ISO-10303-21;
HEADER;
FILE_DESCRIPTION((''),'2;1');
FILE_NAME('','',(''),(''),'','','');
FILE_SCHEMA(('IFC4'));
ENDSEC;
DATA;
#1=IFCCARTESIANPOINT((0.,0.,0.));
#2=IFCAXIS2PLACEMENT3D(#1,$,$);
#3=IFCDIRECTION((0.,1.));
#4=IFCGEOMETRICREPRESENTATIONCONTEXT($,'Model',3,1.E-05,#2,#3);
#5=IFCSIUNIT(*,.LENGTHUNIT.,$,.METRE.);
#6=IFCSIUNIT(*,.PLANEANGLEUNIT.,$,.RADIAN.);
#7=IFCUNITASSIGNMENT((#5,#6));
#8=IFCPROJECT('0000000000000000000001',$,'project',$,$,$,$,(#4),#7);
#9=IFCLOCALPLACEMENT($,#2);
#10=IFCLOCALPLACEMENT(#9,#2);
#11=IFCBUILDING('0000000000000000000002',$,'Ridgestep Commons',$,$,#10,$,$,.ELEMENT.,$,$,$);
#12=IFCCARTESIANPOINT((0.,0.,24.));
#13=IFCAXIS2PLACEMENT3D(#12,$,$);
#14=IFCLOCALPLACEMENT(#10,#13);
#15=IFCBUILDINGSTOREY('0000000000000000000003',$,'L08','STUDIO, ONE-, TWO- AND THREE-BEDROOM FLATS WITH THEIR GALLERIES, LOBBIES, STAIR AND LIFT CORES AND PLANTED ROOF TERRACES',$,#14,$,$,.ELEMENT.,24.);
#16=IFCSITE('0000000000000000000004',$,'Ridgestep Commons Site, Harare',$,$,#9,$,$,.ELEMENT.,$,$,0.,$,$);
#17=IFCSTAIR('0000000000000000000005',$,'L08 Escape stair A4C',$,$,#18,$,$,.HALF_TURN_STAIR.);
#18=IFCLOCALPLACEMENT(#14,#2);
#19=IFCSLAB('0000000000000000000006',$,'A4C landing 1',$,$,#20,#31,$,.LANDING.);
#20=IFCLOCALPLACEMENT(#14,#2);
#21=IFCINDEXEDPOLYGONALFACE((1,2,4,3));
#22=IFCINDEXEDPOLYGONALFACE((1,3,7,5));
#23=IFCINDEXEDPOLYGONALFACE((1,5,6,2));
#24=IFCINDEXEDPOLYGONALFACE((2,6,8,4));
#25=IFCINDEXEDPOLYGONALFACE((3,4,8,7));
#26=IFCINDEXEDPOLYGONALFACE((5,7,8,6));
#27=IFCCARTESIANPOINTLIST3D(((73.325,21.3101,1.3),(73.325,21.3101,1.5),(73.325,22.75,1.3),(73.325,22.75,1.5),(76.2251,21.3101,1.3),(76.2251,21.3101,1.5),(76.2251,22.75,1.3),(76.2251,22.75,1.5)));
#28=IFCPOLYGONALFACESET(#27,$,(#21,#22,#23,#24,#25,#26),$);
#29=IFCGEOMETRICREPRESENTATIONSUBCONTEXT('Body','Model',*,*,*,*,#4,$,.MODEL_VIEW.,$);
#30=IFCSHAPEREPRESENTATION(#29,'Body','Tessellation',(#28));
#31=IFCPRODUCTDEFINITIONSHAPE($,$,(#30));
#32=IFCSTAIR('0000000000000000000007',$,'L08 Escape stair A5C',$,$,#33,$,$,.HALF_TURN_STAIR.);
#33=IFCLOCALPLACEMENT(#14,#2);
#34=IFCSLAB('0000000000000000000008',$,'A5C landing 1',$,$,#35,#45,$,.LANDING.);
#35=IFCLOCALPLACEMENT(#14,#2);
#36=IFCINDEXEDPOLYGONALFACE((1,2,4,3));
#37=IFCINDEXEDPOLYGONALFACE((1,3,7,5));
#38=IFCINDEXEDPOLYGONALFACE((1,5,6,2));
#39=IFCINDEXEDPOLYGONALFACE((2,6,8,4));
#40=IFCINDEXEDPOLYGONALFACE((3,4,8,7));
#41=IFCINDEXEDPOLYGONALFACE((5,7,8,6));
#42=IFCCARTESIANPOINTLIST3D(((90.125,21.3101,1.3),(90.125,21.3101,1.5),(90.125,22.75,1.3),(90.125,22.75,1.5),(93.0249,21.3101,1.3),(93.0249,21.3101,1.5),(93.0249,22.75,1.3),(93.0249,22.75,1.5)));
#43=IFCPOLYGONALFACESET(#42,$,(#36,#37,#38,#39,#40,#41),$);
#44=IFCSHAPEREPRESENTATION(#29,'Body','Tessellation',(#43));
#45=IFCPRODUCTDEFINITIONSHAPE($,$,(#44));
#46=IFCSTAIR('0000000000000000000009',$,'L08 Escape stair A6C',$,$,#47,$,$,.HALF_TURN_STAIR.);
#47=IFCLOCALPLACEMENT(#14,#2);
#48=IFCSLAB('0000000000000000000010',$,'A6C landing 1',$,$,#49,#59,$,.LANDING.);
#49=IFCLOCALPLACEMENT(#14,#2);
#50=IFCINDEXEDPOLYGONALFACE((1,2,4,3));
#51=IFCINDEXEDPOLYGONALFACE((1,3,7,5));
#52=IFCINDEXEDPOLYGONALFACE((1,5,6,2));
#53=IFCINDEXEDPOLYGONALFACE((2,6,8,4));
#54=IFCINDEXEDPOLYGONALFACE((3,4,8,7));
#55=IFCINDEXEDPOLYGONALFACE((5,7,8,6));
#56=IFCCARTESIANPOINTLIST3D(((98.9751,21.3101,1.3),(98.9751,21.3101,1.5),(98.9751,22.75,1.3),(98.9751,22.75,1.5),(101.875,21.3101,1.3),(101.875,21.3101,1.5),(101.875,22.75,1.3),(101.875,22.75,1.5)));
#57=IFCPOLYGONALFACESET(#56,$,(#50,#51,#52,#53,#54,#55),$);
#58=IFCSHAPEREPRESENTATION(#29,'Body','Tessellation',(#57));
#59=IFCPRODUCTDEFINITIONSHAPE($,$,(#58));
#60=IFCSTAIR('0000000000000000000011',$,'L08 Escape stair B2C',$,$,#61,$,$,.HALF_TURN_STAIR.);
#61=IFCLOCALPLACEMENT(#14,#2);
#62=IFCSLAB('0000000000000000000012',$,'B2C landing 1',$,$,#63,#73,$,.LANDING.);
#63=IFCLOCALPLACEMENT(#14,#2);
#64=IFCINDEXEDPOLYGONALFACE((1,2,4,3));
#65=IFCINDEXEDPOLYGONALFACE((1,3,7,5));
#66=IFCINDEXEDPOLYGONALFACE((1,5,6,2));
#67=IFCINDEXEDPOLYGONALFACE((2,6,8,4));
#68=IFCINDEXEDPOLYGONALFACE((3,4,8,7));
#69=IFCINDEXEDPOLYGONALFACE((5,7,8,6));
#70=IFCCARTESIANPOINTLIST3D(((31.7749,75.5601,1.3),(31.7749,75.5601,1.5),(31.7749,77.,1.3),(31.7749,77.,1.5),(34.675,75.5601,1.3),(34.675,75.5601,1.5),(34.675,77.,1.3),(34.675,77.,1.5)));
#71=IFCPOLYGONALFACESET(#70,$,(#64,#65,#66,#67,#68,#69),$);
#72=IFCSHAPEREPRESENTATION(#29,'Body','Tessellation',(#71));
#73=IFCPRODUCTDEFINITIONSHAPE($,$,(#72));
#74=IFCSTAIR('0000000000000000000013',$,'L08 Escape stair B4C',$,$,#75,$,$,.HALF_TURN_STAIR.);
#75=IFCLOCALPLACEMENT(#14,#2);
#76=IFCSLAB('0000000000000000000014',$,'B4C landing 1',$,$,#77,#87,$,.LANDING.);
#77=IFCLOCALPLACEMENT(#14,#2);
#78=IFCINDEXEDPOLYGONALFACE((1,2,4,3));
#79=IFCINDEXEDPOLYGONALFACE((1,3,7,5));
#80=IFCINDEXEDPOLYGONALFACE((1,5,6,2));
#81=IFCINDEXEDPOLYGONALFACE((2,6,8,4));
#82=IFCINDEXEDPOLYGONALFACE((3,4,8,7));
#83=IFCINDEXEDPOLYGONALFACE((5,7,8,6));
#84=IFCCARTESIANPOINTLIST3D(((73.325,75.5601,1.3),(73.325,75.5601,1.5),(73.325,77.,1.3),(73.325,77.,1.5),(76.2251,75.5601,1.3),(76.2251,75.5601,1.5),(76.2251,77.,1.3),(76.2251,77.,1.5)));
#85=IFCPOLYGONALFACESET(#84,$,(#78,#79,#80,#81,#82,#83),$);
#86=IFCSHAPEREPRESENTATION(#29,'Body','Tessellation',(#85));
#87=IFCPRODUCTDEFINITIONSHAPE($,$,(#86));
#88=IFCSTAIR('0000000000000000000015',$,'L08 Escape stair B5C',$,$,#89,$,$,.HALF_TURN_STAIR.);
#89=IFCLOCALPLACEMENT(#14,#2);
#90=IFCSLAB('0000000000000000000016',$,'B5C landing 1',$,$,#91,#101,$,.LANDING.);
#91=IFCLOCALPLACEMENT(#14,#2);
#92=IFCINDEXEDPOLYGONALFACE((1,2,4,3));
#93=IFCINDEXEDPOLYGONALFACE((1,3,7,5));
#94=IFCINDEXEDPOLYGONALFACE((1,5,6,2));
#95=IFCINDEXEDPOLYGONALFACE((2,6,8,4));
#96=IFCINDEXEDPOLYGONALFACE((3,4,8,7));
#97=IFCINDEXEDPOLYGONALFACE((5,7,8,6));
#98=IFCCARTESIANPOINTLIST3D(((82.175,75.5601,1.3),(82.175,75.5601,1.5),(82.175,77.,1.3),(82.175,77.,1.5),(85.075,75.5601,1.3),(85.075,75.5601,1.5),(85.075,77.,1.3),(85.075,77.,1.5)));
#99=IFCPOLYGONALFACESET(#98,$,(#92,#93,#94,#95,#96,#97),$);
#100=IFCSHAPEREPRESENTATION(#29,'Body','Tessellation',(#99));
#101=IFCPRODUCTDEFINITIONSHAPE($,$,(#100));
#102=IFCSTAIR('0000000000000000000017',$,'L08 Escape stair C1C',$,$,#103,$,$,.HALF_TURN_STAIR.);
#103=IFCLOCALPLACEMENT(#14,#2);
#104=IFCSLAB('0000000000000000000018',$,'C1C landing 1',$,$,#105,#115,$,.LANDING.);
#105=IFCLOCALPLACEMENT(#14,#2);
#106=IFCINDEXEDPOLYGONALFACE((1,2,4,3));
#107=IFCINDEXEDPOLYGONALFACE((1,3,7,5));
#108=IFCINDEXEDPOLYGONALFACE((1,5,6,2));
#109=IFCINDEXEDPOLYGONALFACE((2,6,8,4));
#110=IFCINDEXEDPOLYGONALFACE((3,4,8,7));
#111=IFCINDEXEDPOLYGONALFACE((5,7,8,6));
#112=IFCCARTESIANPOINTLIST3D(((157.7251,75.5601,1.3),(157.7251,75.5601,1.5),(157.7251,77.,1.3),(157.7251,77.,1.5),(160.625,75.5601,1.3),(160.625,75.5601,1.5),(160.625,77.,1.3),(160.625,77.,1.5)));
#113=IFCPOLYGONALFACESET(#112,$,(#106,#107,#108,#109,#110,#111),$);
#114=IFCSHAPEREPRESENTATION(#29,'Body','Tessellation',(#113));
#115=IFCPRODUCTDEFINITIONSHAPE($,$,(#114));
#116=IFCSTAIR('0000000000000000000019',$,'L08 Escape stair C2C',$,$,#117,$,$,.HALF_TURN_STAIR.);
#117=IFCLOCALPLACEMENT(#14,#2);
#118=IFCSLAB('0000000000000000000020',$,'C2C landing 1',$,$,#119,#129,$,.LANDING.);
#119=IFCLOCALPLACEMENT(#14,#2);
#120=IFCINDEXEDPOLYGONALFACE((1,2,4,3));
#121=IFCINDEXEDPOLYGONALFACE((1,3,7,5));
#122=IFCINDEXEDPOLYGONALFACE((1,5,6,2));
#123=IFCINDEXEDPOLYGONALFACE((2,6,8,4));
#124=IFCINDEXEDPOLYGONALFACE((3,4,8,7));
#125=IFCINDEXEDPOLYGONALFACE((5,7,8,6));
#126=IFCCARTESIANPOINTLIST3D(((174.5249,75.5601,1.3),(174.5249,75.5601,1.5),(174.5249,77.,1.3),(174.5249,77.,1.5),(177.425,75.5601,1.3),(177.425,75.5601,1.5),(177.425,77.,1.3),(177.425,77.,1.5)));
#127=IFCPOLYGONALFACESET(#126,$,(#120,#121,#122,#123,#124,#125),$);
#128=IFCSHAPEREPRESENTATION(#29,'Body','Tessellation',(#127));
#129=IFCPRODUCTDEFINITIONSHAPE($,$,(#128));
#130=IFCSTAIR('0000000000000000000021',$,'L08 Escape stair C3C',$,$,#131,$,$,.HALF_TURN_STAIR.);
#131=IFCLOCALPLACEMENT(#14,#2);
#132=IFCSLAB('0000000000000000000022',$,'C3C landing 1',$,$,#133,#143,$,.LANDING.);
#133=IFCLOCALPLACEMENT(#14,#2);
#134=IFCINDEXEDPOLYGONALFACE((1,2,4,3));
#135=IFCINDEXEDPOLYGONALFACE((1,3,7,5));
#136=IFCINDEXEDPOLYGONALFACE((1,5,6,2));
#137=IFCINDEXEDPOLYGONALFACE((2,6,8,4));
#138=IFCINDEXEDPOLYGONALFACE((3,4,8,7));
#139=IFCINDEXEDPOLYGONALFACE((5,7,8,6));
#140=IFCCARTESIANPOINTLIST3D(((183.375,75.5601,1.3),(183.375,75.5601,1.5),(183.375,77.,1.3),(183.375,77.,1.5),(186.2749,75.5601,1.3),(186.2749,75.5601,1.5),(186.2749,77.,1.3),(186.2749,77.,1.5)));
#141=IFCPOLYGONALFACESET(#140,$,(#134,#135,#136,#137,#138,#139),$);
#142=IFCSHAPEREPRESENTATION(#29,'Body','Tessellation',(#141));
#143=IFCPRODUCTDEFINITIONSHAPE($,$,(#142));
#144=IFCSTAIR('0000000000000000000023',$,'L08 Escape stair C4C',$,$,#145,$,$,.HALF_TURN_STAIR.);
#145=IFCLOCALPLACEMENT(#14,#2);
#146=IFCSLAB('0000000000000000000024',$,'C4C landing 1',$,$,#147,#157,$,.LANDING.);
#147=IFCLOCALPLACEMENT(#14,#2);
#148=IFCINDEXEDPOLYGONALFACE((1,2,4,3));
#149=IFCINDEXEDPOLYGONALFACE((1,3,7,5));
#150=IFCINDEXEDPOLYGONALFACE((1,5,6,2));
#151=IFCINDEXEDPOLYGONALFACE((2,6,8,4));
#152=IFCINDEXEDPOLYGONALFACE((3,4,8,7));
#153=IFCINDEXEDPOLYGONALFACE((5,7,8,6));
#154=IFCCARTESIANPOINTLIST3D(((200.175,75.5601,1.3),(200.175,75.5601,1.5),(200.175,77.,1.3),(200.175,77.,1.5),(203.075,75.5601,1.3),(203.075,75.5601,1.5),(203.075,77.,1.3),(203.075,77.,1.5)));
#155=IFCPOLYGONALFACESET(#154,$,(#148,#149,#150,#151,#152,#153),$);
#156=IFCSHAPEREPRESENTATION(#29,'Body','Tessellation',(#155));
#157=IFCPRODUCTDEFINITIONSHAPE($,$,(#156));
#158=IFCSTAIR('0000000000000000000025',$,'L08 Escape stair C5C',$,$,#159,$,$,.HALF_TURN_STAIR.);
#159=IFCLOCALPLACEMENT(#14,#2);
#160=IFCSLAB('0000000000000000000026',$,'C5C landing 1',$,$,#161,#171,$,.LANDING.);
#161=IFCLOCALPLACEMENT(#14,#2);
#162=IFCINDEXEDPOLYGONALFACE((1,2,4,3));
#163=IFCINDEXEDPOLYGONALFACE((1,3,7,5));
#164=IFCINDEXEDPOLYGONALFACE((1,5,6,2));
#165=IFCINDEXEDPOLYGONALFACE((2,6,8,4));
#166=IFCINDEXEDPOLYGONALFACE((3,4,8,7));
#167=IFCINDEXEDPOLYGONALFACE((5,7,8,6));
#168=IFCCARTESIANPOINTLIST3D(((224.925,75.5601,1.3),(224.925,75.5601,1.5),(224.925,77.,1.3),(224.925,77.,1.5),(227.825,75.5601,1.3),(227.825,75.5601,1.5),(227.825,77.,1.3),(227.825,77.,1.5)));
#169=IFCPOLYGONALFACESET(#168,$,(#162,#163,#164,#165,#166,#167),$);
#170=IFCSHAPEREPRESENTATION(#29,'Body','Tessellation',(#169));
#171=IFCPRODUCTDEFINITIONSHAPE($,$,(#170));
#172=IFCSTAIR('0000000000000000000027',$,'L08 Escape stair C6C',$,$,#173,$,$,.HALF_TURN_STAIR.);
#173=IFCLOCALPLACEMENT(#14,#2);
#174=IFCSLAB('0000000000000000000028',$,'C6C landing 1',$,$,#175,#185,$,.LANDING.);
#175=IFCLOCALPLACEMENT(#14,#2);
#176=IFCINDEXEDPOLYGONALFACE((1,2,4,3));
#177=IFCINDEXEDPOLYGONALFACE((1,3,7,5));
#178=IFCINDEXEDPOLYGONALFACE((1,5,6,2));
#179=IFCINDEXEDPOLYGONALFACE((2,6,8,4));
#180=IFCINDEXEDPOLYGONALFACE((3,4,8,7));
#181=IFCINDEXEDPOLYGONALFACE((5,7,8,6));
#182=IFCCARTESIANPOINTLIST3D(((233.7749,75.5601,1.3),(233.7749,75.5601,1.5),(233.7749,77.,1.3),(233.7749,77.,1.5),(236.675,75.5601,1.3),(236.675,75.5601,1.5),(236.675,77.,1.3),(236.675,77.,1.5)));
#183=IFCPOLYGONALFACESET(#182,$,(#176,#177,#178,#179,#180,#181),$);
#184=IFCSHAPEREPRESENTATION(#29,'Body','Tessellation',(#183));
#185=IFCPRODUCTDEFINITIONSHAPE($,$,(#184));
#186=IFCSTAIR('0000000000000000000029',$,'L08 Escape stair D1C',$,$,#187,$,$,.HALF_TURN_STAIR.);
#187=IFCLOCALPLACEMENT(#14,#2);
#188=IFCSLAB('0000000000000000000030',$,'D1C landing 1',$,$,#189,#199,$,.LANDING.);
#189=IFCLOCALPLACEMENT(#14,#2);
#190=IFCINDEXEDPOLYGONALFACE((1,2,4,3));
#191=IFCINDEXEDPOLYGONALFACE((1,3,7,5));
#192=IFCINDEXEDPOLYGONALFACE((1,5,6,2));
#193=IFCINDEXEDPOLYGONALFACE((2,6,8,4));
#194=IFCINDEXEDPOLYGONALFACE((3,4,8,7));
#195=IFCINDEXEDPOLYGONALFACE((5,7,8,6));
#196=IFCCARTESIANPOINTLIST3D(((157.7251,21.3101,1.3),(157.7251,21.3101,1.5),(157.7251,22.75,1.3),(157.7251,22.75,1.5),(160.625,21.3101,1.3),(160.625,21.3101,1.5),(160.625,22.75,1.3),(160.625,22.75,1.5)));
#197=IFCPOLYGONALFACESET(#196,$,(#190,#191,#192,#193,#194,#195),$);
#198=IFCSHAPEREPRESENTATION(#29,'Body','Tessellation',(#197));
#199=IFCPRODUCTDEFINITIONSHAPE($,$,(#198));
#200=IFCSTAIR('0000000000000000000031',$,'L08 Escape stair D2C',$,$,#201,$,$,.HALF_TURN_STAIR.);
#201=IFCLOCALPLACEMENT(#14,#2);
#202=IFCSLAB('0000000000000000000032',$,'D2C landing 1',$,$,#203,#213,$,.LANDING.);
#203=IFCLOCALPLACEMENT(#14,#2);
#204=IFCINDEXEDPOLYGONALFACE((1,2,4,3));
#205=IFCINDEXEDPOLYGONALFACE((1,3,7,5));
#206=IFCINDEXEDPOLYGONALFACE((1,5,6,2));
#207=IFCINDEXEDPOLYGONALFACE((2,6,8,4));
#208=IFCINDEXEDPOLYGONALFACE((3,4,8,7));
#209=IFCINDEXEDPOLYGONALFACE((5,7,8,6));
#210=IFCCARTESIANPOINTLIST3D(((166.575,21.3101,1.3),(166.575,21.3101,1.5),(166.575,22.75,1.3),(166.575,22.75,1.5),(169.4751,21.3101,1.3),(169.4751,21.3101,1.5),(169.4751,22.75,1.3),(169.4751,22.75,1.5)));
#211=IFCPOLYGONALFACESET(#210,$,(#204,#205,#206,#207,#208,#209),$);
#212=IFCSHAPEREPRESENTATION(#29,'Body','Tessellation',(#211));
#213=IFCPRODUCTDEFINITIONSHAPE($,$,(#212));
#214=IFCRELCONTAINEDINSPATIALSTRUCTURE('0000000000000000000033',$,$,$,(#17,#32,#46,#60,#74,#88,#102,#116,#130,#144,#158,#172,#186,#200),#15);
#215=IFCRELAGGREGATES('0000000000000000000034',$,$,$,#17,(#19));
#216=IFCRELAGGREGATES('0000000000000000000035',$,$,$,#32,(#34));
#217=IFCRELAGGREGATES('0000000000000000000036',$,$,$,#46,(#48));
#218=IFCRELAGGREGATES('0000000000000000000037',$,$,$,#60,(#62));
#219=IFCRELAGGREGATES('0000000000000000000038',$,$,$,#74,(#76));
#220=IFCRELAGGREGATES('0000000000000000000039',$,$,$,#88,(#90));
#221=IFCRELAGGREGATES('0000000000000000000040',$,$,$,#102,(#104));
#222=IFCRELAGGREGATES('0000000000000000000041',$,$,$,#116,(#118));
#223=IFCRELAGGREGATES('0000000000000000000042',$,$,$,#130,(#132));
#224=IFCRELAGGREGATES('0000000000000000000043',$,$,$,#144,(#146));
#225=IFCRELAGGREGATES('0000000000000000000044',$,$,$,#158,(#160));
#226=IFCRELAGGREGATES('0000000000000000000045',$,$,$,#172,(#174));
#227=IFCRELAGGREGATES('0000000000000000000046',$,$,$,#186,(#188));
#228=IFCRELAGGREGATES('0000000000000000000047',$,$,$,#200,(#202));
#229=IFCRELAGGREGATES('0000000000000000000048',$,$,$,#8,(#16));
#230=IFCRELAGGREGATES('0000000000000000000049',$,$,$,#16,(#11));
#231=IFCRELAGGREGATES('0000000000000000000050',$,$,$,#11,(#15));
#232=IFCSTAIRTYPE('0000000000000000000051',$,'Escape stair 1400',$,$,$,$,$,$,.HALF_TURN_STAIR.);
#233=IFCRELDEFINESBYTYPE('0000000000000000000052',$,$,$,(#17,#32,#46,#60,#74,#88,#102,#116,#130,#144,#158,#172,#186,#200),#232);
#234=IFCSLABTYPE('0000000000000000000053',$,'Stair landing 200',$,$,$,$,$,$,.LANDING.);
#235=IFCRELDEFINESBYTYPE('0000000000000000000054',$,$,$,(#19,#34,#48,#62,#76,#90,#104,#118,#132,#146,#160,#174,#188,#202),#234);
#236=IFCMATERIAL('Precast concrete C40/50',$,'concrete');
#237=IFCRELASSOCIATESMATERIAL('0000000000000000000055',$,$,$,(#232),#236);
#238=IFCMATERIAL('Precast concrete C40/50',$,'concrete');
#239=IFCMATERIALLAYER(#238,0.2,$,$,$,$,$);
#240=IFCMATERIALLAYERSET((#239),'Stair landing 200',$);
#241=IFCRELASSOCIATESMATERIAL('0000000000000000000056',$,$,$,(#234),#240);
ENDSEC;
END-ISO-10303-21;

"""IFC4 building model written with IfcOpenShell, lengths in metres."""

from ifc_helpers import new_model, si_unit, direction, frame, origin, place, context, subcontext, project, spatial, polyline, outline, extrude, material, layer, layer_set, type_object, element, aggregate, save


model = new_model("IFC4")

# Units and contexts
model_context = context("Model", 3, precision=1e-05, world=origin(), true_north=direction((0.0, 1.0)))
body_context = subcontext(model_context, "Body", "Model", "MODEL_VIEW")
ifc_project = project(units=[si_unit("LENGTHUNIT", "METRE"), si_unit("PLANEANGLEUNIT", "RADIAN")], contexts=[model_context])

# Site, building, storey
site_placement = place(None, origin())
site = spatial("IfcSite", under=ifc_project, at=site_placement, Name="Ridgestep Commons Site, Harare", CompositionType="ELEMENT", RefElevation=0.0)
building_placement = place(site_placement, origin())
building = spatial("IfcBuilding", under=site, at=building_placement, Name="Ridgestep Commons", CompositionType="ELEMENT")
storey_placement = place(building_placement, frame((0.0, 0.0, 24.0)))
storey = spatial("IfcBuildingStorey", under=building, at=storey_placement, Name="L08", Description="STUDIO, ONE-, TWO- AND THREE-BEDROOM FLATS WITH THEIR GALLERIES, LOBBIES, STAIR AND LIFT CORES AND PLANTED ROOF TERRACES", CompositionType="ELEMENT", Elevation=24.0)

# Stairs, slabs
ifc_material_1 = material(Name="Precast concrete C40/50", Category="concrete")
stair_type = type_object("IfcStairType", Name="Escape stair 1400", PredefinedType="HALF_TURN_STAIR", material=ifc_material_1)
stair_1_placement = place(storey_placement, origin())
stair_1 = element("IfcStair", 1, at=stair_1_placement, inside=storey, type_object=stair_type, Name="L08 Escape stair A4C", PredefinedType="HALF_TURN_STAIR")
ifc_material_2 = material(Name="Precast concrete C40/50", Category="concrete")
ifc_layer = layer(ifc_material_2, 0.2)
ifc_layer_set = layer_set([ifc_layer], Name="Stair landing 200")
slab_type = type_object("IfcSlabType", Name="Stair landing 200", PredefinedType="LANDING", material=ifc_layer_set)
slab_1_placement = place(storey_placement, frame((0.0, 0.0, 1.3)))
slab_1 = element("IfcSlab", 2, at=slab_1_placement, type_object=slab_type, Name="A4C landing 1", PredefinedType="LANDING", context=body_context, shape_type="SweptSolid", body=[
    extrude(outline(polyline([(76.2251, 21.3101), (76.2251, 22.75), (73.325, 22.75), (73.325, 21.3101), (76.2251, 21.3101)])), origin(), (0.0, 0.0, 1.0), 0.2),
])
aggregate(stair_1, [slab_1])
stair_2_placement = place(storey_placement, origin())
stair_2 = element("IfcStair", 3, at=stair_2_placement, inside=storey, type_object=stair_type, Name="L08 Escape stair A5C", PredefinedType="HALF_TURN_STAIR")
slab_2_placement = place(storey_placement, frame((0.0, 0.0, 1.3)))
slab_2 = element("IfcSlab", 4, at=slab_2_placement, type_object=slab_type, Name="A5C landing 1", PredefinedType="LANDING", context=body_context, shape_type="SweptSolid", body=[
    extrude(outline(polyline([(93.0249, 21.3101), (93.0249, 22.75), (90.125, 22.75), (90.125, 21.3101), (93.0249, 21.3101)])), origin(), (0.0, 0.0, 1.0), 0.2),
])
aggregate(stair_2, [slab_2])
stair_3_placement = place(storey_placement, origin())
stair_3 = element("IfcStair", 5, at=stair_3_placement, inside=storey, type_object=stair_type, Name="L08 Escape stair A6C", PredefinedType="HALF_TURN_STAIR")
slab_3_placement = place(storey_placement, frame((0.0, 0.0, 1.3)))
slab_3 = element("IfcSlab", 6, at=slab_3_placement, type_object=slab_type, Name="A6C landing 1", PredefinedType="LANDING", context=body_context, shape_type="SweptSolid", body=[
    extrude(outline(polyline([(101.875, 21.3101), (101.875, 22.75), (98.9751, 22.75), (98.9751, 21.3101), (101.875, 21.3101)])), origin(), (0.0, 0.0, 1.0), 0.2),
])
aggregate(stair_3, [slab_3])
stair_4_placement = place(storey_placement, origin())
stair_4 = element("IfcStair", 7, at=stair_4_placement, inside=storey, type_object=stair_type, Name="L08 Escape stair B2C", PredefinedType="HALF_TURN_STAIR")
slab_4_placement = place(storey_placement, frame((0.0, 0.0, 1.3)))
slab_4 = element("IfcSlab", 8, at=slab_4_placement, type_object=slab_type, Name="B2C landing 1", PredefinedType="LANDING", context=body_context, shape_type="SweptSolid", body=[
    extrude(outline(polyline([(34.675, 75.5601), (34.675, 77.0), (31.7749, 77.0), (31.7749, 75.5601), (34.675, 75.5601)])), origin(), (0.0, 0.0, 1.0), 0.2),
])
aggregate(stair_4, [slab_4])
stair_5_placement = place(storey_placement, origin())
stair_5 = element("IfcStair", 9, at=stair_5_placement, inside=storey, type_object=stair_type, Name="L08 Escape stair B4C", PredefinedType="HALF_TURN_STAIR")
slab_5_placement = place(storey_placement, frame((0.0, 0.0, 1.3)))
slab_5 = element("IfcSlab", 10, at=slab_5_placement, type_object=slab_type, Name="B4C landing 1", PredefinedType="LANDING", context=body_context, shape_type="SweptSolid", body=[
    extrude(outline(polyline([(76.2251, 75.5601), (76.2251, 77.0), (73.325, 77.0), (73.325, 75.5601), (76.2251, 75.5601)])), origin(), (0.0, 0.0, 1.0), 0.2),
])
aggregate(stair_5, [slab_5])
stair_6_placement = place(storey_placement, origin())
stair_6 = element("IfcStair", 11, at=stair_6_placement, inside=storey, type_object=stair_type, Name="L08 Escape stair B5C", PredefinedType="HALF_TURN_STAIR")
slab_6_placement = place(storey_placement, frame((0.0, 0.0, 1.3)))
slab_6 = element("IfcSlab", 12, at=slab_6_placement, type_object=slab_type, Name="B5C landing 1", PredefinedType="LANDING", context=body_context, shape_type="SweptSolid", body=[
    extrude(outline(polyline([(85.075, 75.5601), (85.075, 77.0), (82.175, 77.0), (82.175, 75.5601), (85.075, 75.5601)])), origin(), (0.0, 0.0, 1.0), 0.2),
])
aggregate(stair_6, [slab_6])
stair_7_placement = place(storey_placement, origin())
stair_7 = element("IfcStair", 13, at=stair_7_placement, inside=storey, type_object=stair_type, Name="L08 Escape stair C1C", PredefinedType="HALF_TURN_STAIR")
slab_7_placement = place(storey_placement, frame((0.0, 0.0, 1.3)))
slab_7 = element("IfcSlab", 14, at=slab_7_placement, type_object=slab_type, Name="C1C landing 1", PredefinedType="LANDING", context=body_context, shape_type="SweptSolid", body=[
    extrude(outline(polyline([(160.625, 75.5601), (160.625, 77.0), (157.7251, 77.0), (157.7251, 75.5601), (160.625, 75.5601)])), origin(), (0.0, 0.0, 1.0), 0.2),
])
aggregate(stair_7, [slab_7])
stair_8_placement = place(storey_placement, origin())
stair_8 = element("IfcStair", 15, at=stair_8_placement, inside=storey, type_object=stair_type, Name="L08 Escape stair C2C", PredefinedType="HALF_TURN_STAIR")
slab_8_placement = place(storey_placement, frame((0.0, 0.0, 1.3)))
slab_8 = element("IfcSlab", 16, at=slab_8_placement, type_object=slab_type, Name="C2C landing 1", PredefinedType="LANDING", context=body_context, shape_type="SweptSolid", body=[
    extrude(outline(polyline([(177.425, 75.5601), (177.425, 77.0), (174.5249, 77.0), (174.5249, 75.5601), (177.425, 75.5601)])), origin(), (0.0, 0.0, 1.0), 0.2),
])
aggregate(stair_8, [slab_8])
stair_9_placement = place(storey_placement, origin())
stair_9 = element("IfcStair", 17, at=stair_9_placement, inside=storey, type_object=stair_type, Name="L08 Escape stair C3C", PredefinedType="HALF_TURN_STAIR")
slab_9_placement = place(storey_placement, frame((0.0, 0.0, 1.3)))
slab_9 = element("IfcSlab", 18, at=slab_9_placement, type_object=slab_type, Name="C3C landing 1", PredefinedType="LANDING", context=body_context, shape_type="SweptSolid", body=[
    extrude(outline(polyline([(186.2749, 75.5601), (186.2749, 77.0), (183.375, 77.0), (183.375, 75.5601), (186.2749, 75.5601)])), origin(), (0.0, 0.0, 1.0), 0.2),
])
aggregate(stair_9, [slab_9])
stair_10_placement = place(storey_placement, origin())
stair_10 = element("IfcStair", 19, at=stair_10_placement, inside=storey, type_object=stair_type, Name="L08 Escape stair C4C", PredefinedType="HALF_TURN_STAIR")
slab_10_placement = place(storey_placement, frame((0.0, 0.0, 1.3)))
slab_10 = element("IfcSlab", 20, at=slab_10_placement, type_object=slab_type, Name="C4C landing 1", PredefinedType="LANDING", context=body_context, shape_type="SweptSolid", body=[
    extrude(outline(polyline([(203.075, 75.5601), (203.075, 77.0), (200.175, 77.0), (200.175, 75.5601), (203.075, 75.5601)])), origin(), (0.0, 0.0, 1.0), 0.2),
])
aggregate(stair_10, [slab_10])
stair_11_placement = place(storey_placement, origin())
stair_11 = element("IfcStair", 21, at=stair_11_placement, inside=storey, type_object=stair_type, Name="L08 Escape stair C5C", PredefinedType="HALF_TURN_STAIR")
slab_11_placement = place(storey_placement, frame((0.0, 0.0, 1.3)))
slab_11 = element("IfcSlab", 22, at=slab_11_placement, type_object=slab_type, Name="C5C landing 1", PredefinedType="LANDING", context=body_context, shape_type="SweptSolid", body=[
    extrude(outline(polyline([(227.825, 75.5601), (227.825, 77.0), (224.925, 77.0), (224.925, 75.5601), (227.825, 75.5601)])), origin(), (0.0, 0.0, 1.0), 0.2),
])
aggregate(stair_11, [slab_11])
stair_12_placement = place(storey_placement, origin())
stair_12 = element("IfcStair", 23, at=stair_12_placement, inside=storey, type_object=stair_type, Name="L08 Escape stair C6C", PredefinedType="HALF_TURN_STAIR")
slab_12_placement = place(storey_placement, frame((0.0, 0.0, 1.3)))
slab_12 = element("IfcSlab", 24, at=slab_12_placement, type_object=slab_type, Name="C6C landing 1", PredefinedType="LANDING", context=body_context, shape_type="SweptSolid", body=[
    extrude(outline(polyline([(236.675, 75.5601), (236.675, 77.0), (233.7749, 77.0), (233.7749, 75.5601), (236.675, 75.5601)])), origin(), (0.0, 0.0, 1.0), 0.2),
])
aggregate(stair_12, [slab_12])
stair_13_placement = place(storey_placement, origin())
stair_13 = element("IfcStair", 25, at=stair_13_placement, inside=storey, type_object=stair_type, Name="L08 Escape stair D1C", PredefinedType="HALF_TURN_STAIR")
slab_13_placement = place(storey_placement, frame((0.0, 0.0, 1.3)))
slab_13 = element("IfcSlab", 26, at=slab_13_placement, type_object=slab_type, Name="D1C landing 1", PredefinedType="LANDING", context=body_context, shape_type="SweptSolid", body=[
    extrude(outline(polyline([(160.625, 21.3101), (160.625, 22.75), (157.7251, 22.75), (157.7251, 21.3101), (160.625, 21.3101)])), origin(), (0.0, 0.0, 1.0), 0.2),
])
aggregate(stair_13, [slab_13])
stair_14_placement = place(storey_placement, origin())
stair_14 = element("IfcStair", 27, at=stair_14_placement, inside=storey, type_object=stair_type, Name="L08 Escape stair D2C", PredefinedType="HALF_TURN_STAIR")
slab_14_placement = place(storey_placement, frame((0.0, 0.0, 1.3)))
slab_14 = element("IfcSlab", 28, at=slab_14_placement, type_object=slab_type, Name="D2C landing 1", PredefinedType="LANDING", context=body_context, shape_type="SweptSolid", body=[
    extrude(outline(polyline([(169.4751, 21.3101), (169.4751, 22.75), (166.575, 22.75), (166.575, 21.3101), (169.4751, 21.3101)])), origin(), (0.0, 0.0, 1.0), 0.2),
])
aggregate(stair_14, [slab_14])

save(model, "model.ifc")
